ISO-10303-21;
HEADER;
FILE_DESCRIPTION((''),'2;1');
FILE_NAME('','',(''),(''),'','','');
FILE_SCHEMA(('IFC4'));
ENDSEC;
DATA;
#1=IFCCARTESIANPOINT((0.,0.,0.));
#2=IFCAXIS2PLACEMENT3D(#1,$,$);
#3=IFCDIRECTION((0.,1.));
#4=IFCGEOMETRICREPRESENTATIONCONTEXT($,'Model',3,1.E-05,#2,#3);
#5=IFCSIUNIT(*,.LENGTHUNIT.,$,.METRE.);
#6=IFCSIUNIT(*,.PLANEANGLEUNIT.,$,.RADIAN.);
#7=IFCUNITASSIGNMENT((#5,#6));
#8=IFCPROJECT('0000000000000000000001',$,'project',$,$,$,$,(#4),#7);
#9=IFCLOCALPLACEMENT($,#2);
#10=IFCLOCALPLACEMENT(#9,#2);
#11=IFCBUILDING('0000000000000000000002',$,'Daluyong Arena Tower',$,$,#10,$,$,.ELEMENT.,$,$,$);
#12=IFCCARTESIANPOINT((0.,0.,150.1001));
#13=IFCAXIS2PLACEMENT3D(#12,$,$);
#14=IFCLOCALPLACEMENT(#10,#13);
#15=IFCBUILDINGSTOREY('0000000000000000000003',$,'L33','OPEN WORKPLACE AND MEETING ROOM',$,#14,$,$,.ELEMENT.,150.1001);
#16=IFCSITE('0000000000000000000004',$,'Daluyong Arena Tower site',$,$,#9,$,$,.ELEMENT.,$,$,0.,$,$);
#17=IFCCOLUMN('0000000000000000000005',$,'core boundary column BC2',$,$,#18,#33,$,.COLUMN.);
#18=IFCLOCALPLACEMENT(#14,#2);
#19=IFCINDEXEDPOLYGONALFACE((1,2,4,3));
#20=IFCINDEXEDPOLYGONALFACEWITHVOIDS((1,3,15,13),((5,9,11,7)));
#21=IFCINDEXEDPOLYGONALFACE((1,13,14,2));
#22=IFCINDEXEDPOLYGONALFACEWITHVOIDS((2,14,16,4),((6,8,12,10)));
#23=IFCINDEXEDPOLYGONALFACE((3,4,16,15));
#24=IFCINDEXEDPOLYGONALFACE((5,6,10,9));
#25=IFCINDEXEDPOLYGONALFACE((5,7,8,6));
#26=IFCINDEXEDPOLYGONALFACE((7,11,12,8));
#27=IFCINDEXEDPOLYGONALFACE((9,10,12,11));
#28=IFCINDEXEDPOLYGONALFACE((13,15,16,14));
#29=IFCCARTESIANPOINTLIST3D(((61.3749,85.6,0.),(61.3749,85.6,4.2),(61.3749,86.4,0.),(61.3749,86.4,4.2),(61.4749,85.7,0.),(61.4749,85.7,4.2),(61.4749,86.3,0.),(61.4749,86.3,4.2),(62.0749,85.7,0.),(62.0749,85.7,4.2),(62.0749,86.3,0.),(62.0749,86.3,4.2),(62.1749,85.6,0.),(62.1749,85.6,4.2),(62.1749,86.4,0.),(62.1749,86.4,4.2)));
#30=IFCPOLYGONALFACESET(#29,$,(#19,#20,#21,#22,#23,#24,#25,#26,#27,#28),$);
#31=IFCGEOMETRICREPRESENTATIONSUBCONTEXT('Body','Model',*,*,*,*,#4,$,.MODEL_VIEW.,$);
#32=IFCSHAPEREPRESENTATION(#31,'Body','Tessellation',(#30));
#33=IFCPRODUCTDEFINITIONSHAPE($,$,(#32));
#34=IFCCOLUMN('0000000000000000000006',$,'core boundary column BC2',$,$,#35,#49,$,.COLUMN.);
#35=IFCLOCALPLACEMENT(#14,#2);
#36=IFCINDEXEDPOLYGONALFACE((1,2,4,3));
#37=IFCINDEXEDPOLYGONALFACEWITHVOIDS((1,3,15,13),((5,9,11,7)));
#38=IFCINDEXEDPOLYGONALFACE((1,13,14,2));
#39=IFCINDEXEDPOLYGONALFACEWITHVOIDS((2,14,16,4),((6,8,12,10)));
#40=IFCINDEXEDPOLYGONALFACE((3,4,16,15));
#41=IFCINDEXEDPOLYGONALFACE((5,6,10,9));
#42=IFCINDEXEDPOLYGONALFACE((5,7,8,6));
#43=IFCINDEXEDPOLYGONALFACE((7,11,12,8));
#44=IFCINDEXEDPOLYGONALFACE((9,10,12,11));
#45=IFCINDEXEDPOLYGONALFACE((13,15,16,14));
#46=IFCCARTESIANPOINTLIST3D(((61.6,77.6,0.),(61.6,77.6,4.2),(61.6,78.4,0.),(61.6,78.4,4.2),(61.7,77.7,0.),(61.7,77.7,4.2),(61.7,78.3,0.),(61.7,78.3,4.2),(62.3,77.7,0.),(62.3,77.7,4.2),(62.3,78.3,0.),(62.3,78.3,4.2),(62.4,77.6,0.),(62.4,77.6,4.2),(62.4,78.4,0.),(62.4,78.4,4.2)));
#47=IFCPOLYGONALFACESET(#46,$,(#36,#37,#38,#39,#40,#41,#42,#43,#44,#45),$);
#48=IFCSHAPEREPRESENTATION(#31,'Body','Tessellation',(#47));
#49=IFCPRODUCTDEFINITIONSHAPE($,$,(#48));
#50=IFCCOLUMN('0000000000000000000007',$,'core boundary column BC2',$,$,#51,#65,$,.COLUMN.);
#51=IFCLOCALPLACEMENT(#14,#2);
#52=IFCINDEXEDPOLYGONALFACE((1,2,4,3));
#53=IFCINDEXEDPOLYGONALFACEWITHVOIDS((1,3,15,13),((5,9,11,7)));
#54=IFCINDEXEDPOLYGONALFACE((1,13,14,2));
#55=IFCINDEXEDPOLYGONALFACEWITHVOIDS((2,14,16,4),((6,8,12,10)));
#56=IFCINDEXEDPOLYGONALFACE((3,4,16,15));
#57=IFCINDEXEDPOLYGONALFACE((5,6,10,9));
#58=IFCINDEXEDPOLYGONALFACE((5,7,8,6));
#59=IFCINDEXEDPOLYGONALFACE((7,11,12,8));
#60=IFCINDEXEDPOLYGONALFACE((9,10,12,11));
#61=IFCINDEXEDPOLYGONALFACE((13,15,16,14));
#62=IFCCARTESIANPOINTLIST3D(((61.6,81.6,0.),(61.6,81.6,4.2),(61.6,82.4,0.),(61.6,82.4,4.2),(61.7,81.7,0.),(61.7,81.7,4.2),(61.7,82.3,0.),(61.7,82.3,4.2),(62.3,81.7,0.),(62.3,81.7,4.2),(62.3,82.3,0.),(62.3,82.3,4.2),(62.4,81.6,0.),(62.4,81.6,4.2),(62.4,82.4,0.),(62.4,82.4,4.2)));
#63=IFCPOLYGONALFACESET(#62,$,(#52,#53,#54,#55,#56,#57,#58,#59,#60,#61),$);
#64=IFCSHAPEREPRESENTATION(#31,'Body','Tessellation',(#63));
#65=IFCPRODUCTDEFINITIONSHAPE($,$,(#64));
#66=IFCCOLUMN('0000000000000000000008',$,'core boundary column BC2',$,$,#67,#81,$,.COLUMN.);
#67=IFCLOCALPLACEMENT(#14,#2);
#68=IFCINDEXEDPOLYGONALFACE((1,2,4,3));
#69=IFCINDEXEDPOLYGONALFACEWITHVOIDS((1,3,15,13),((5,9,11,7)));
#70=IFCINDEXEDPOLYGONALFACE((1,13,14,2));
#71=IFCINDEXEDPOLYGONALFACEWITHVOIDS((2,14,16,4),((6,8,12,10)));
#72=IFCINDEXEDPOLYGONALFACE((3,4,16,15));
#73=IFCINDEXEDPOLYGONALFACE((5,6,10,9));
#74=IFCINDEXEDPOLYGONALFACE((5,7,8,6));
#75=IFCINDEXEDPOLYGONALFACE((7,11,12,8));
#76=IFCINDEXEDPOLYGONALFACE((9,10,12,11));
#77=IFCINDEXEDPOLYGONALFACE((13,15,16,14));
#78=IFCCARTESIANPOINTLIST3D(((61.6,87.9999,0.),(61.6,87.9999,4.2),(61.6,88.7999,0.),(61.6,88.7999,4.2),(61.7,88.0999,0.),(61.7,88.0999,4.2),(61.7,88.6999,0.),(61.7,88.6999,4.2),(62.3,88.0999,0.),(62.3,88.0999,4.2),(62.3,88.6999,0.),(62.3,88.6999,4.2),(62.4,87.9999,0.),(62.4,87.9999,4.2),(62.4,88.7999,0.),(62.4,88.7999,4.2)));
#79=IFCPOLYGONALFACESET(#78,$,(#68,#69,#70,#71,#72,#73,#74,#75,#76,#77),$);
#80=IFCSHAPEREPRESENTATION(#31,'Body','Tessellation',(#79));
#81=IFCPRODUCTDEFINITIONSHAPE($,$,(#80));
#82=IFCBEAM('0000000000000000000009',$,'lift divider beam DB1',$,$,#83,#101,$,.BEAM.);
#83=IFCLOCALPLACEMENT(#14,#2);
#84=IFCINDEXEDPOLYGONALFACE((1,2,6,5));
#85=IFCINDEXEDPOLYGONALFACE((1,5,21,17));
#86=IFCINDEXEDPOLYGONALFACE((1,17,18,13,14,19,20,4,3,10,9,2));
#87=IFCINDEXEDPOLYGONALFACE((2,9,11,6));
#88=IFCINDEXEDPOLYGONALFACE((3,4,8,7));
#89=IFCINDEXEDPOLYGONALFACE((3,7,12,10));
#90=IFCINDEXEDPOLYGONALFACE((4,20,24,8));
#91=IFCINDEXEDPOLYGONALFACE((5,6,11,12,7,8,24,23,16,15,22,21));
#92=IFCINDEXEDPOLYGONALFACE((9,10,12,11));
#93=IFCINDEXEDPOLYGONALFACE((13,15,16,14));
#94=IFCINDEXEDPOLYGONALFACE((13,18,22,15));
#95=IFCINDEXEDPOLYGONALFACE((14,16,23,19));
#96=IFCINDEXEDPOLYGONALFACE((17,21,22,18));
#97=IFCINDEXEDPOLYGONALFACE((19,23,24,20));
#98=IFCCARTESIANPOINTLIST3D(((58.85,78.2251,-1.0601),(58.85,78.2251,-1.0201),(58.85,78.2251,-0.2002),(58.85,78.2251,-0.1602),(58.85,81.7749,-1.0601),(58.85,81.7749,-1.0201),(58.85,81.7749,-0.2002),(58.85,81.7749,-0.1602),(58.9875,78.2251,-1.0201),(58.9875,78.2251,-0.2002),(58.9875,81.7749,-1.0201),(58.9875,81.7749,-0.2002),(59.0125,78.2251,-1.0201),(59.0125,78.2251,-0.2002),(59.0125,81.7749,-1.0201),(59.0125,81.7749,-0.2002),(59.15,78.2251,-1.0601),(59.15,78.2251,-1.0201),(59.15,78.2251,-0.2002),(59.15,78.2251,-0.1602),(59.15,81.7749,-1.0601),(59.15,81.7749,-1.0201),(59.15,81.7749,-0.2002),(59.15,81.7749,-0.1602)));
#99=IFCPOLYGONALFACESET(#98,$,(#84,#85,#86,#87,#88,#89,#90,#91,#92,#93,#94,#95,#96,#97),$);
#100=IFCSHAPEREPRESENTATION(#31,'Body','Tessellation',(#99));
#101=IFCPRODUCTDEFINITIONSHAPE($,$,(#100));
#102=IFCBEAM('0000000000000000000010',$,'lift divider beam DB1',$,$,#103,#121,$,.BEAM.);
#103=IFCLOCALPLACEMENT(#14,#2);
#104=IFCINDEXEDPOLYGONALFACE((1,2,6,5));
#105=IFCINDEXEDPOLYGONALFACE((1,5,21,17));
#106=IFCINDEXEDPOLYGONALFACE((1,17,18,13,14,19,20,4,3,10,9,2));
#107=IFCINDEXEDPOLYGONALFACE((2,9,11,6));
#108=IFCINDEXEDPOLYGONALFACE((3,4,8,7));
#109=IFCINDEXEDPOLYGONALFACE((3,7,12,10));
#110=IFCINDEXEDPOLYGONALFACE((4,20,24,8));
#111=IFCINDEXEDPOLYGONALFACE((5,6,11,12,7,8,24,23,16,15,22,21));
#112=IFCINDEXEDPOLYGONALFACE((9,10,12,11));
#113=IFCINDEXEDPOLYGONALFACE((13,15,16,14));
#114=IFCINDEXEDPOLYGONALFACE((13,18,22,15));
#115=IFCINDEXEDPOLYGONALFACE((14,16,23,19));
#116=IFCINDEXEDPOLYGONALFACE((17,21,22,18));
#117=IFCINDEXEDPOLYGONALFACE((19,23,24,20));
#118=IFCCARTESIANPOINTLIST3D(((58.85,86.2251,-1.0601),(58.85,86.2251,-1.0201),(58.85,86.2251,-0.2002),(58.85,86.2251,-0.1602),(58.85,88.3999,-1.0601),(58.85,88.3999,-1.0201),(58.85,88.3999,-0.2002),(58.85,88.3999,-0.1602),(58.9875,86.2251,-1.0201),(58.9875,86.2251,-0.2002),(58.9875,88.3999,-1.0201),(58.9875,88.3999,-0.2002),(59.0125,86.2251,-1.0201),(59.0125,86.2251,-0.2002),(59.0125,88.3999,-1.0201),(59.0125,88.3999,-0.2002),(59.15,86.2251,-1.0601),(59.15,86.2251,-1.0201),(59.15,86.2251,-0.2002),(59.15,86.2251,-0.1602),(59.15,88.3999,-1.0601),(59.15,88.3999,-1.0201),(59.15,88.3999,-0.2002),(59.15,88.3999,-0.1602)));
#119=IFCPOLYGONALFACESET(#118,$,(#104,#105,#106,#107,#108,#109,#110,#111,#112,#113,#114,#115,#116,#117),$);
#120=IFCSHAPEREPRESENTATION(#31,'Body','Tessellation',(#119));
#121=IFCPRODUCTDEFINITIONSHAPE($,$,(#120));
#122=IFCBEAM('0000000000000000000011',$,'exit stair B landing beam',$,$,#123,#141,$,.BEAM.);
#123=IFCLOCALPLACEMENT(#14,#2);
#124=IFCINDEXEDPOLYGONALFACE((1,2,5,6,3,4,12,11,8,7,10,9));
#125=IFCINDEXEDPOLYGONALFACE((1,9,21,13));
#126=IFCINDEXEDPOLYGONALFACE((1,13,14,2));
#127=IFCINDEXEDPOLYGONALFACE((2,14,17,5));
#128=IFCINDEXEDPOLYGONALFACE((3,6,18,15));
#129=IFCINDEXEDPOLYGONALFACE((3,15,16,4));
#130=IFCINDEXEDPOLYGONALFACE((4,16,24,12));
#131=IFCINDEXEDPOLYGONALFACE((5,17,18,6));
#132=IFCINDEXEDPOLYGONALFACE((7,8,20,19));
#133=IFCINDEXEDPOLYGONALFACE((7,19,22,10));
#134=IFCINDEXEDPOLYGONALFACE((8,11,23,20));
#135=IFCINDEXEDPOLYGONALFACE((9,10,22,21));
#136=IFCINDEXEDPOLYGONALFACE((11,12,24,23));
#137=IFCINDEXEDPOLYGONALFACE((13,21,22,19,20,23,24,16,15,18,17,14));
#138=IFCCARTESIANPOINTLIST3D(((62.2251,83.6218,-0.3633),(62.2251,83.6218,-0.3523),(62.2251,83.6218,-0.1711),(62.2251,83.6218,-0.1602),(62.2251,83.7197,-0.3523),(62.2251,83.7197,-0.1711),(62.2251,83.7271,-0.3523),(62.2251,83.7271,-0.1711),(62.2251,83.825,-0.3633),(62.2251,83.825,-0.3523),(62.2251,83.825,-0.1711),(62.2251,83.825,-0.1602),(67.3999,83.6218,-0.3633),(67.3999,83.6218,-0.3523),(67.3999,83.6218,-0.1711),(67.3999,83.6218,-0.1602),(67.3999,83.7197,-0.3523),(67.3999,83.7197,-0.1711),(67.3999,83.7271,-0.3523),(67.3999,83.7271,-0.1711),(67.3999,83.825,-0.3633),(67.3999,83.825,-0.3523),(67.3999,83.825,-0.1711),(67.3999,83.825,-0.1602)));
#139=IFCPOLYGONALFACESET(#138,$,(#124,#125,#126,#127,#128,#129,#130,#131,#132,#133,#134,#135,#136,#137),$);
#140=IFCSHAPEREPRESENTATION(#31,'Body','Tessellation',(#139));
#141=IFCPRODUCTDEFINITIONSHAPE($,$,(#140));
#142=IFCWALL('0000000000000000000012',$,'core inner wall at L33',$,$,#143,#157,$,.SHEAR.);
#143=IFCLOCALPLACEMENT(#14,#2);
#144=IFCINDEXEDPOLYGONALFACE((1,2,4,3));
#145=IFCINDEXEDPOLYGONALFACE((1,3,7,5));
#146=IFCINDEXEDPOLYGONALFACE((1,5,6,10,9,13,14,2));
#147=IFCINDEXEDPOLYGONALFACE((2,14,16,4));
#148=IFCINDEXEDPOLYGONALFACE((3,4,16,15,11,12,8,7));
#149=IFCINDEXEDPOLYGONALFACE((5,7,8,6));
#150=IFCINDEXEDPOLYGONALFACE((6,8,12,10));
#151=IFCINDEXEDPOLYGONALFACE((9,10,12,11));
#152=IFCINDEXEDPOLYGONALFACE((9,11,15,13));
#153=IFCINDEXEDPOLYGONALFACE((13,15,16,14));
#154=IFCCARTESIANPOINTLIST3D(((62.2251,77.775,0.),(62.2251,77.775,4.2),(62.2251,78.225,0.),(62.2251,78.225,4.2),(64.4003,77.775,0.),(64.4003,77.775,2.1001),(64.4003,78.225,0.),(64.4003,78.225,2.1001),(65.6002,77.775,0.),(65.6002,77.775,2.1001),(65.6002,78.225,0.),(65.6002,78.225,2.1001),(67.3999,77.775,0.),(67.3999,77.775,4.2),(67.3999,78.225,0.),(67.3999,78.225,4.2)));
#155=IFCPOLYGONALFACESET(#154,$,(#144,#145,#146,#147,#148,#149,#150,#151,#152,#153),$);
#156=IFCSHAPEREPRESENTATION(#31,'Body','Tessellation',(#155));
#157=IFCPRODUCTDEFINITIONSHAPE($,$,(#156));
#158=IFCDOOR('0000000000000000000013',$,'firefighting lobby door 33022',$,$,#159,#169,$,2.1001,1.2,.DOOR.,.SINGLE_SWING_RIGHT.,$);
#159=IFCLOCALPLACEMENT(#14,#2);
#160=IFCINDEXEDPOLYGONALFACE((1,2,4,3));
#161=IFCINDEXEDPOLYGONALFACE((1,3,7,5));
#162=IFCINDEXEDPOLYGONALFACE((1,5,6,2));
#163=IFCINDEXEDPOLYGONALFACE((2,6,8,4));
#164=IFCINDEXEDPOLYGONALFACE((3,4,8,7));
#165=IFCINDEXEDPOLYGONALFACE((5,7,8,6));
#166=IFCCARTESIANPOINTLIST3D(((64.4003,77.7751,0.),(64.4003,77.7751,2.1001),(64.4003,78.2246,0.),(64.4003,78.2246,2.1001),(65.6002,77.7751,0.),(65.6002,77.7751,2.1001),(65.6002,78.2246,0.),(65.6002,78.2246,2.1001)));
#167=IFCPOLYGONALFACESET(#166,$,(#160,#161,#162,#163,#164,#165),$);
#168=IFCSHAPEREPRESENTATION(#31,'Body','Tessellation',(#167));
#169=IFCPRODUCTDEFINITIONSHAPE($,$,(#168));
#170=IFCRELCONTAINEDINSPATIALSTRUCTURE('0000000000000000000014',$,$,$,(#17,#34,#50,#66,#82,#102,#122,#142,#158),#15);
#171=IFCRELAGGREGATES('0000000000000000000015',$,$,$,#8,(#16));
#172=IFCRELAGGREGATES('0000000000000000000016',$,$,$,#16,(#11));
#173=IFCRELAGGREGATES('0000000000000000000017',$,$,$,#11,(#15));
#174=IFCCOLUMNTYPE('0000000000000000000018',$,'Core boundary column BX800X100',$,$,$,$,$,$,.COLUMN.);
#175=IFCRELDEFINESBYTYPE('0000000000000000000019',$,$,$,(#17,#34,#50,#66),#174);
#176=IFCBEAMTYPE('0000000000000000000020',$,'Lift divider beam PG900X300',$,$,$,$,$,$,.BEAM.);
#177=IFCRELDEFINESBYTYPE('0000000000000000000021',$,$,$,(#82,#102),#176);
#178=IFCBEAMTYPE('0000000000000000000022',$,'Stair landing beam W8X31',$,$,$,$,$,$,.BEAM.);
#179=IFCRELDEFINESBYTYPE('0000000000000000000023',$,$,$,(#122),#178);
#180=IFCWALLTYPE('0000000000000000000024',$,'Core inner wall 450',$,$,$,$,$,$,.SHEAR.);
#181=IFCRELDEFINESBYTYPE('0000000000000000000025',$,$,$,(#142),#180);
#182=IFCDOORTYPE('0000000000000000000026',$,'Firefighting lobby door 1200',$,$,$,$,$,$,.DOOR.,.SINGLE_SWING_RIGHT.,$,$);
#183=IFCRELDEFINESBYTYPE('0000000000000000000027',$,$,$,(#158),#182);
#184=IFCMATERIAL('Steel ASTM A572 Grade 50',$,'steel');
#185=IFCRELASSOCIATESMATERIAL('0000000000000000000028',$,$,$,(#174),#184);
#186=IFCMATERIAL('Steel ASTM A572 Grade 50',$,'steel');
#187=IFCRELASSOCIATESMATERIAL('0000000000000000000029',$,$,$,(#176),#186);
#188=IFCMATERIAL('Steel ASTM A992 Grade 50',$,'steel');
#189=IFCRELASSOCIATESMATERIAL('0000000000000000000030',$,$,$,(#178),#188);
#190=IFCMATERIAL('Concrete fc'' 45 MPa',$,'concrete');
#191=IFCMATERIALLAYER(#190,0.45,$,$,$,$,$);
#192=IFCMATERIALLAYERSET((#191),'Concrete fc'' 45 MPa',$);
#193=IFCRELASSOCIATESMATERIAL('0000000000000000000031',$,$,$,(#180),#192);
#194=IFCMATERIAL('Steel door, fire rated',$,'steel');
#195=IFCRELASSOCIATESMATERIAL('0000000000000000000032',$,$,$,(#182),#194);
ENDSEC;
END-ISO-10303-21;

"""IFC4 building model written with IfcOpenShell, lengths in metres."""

from ifc_helpers import new_model, si_unit, direction, frame, frame_2d, origin, origin_2d, place, context, subcontext, project, spatial, rectangle, hollow_rectangle, i_section, extrude, material, layer, layer_set, material_profile, profile_set, type_object, element, fill, save


model = new_model("IFC4")

# Units and contexts
model_context = context("Model", 3, precision=1e-05, world=origin(), true_north=direction((0.0, 1.0)))
body_context = subcontext(model_context, "Body", "Model", "MODEL_VIEW")
ifc_project = project(units=[si_unit("LENGTHUNIT", "METRE"), si_unit("PLANEANGLEUNIT", "RADIAN")], contexts=[model_context])

# Site, building, storey
site_placement = place(None, origin())
site = spatial("IfcSite", under=ifc_project, at=site_placement, Name="Daluyong Arena Tower site", CompositionType="ELEMENT", RefElevation=0.0)
building_placement = place(site_placement, origin())
building = spatial("IfcBuilding", under=site, at=building_placement, Name="Daluyong Arena Tower", CompositionType="ELEMENT")
storey_placement = place(building_placement, frame((0.0, 0.0, 150.1001)))
storey = spatial("IfcBuildingStorey", under=building, at=storey_placement, Name="L33", Description="OPEN WORKPLACE AND MEETING ROOM", CompositionType="ELEMENT", Elevation=150.1001)

# Columns
ifc_material_1 = material(Name="Steel ASTM A572 Grade 50", Category="steel")
ifc_material_profile_1 = material_profile(ifc_material_1, hollow_rectangle(XDim=0.8, YDim=0.8, WallThickness=0.1, at=origin_2d()))
ifc_profile_set_1 = profile_set([ifc_material_profile_1], Name="Steel ASTM A572 Grade 50")
column_type = type_object("IfcColumnType", Name="Core boundary column BX800X100", PredefinedType="COLUMN", material=ifc_profile_set_1)
for number, where, z_axis, x_axis, name in (
    (1, (61.7749, 86.0, 0.0), (0.0, 0.0, 1.0), (1.0, 0.0, 0.0), "core boundary column BC2"),
    (2, (62.0, 78.0, 0.0), (0.0, 0.0, 1.0), (1.0, 0.0, 0.0), "core boundary column BC2"),
    (3, (62.0, 82.0, 0.0), (0.0, 0.0, 1.0), (1.0, 0.0, 0.0), "core boundary column BC2"),
    (4, (62.0, 88.3999, 0.0), (0.0, 0.0, 1.0), (1.0, 0.0, 0.0), "core boundary column BC2"),
):
    element("IfcColumn", number, at=place(storey_placement, frame(where, z_axis=z_axis, x_axis=x_axis)), inside=storey, type_object=column_type, Name=name, PredefinedType="COLUMN", context=body_context, shape_type="SweptSolid", body=[
        extrude(hollow_rectangle(XDim=0.8, YDim=0.8, WallThickness=0.1, at=origin_2d()), origin(), (0.0, 0.0, 1.0), 4.2),
    ])

# Beams
ifc_material_2 = material(Name="Steel ASTM A572 Grade 50", Category="steel")
ifc_material_profile_2 = material_profile(ifc_material_2, i_section(OverallWidth=0.3, OverallDepth=0.8999, WebThickness=0.025, FlangeThickness=0.04, at=origin_2d()))
ifc_profile_set_2 = profile_set([ifc_material_profile_2], Name="Steel ASTM A572 Grade 50")
beam_type_1 = type_object("IfcBeamType", Name="Lift divider beam PG900X300", PredefinedType="BEAM", material=ifc_profile_set_2)
beam_1_placement = place(storey_placement, frame((59.0, 78.2251, -0.6101), z_axis=(0.0, 1.0, 0.0), x_axis=(-1.0, 0.0, 0.0)))
element("IfcBeam", 5, at=beam_1_placement, inside=storey, type_object=beam_type_1, Name="lift divider beam DB1", PredefinedType="BEAM", context=body_context, shape_type="SweptSolid", body=[
    extrude(i_section(OverallWidth=0.3, OverallDepth=0.8999, WebThickness=0.025, FlangeThickness=0.04, at=origin_2d()), origin(), (0.0, 0.0, 1.0), 3.5498),
])
beam_2_placement = place(storey_placement, frame((59.0, 86.2251, -0.6101), z_axis=(0.0, 1.0, 0.0), x_axis=(-1.0, 0.0, 0.0)))
element("IfcBeam", 6, at=beam_2_placement, inside=storey, type_object=beam_type_1, Name="lift divider beam DB1", PredefinedType="BEAM", context=body_context, shape_type="SweptSolid", body=[
    extrude(i_section(OverallWidth=0.3, OverallDepth=0.8999, WebThickness=0.025, FlangeThickness=0.04, at=origin_2d()), origin(), (0.0, 0.0, 1.0), 2.1748),
])
ifc_material_3 = material(Name="Steel ASTM A992 Grade 50", Category="steel")
ifc_material_profile_3 = material_profile(ifc_material_3, i_section(OverallWidth=0.2031, OverallDepth=0.2031, WebThickness=0.0073, FlangeThickness=0.011, at=origin_2d()))
ifc_profile_set_3 = profile_set([ifc_material_profile_3], Name="Steel ASTM A992 Grade 50")
beam_type_2 = type_object("IfcBeamType", Name="Stair landing beam W8X31", PredefinedType="BEAM", material=ifc_profile_set_3)
beam_3_placement = place(storey_placement, frame((62.2251, 83.7234, -0.2617), z_axis=(1.0, 0.0, 0.0), x_axis=(0.0, 1.0, 0.0)))
element("IfcBeam", 7, at=beam_3_placement, inside=storey, type_object=beam_type_2, Name="exit stair B landing beam", PredefinedType="BEAM", context=body_context, shape_type="SweptSolid", body=[
    extrude(i_section(OverallWidth=0.2031, OverallDepth=0.2031, WebThickness=0.0073, FlangeThickness=0.011, at=origin_2d()), origin(), (0.0, 0.0, 1.0), 5.1748),
])

# Wall, opening, door
ifc_material_4 = material(Name="Concrete fc' 45 MPa", Category="concrete")
ifc_layer_1 = layer(ifc_material_4, 0.45)
ifc_layer_set_1 = layer_set([ifc_layer_1], Name="Concrete fc' 45 MPa")
wall_type_1 = type_object("IfcWallType", Name="Core inner wall 450", PredefinedType="SHEAR", material=ifc_layer_set_1)
wall_1_placement = place(storey_placement, frame((62.2251, 78.0, 0.0), z_axis=(0.0, 0.0, 1.0), x_axis=(1.0, 0.0, 0.0)))
wall_1 = element("IfcWall", 8, at=wall_1_placement, inside=storey, type_object=wall_type_1, Name="core inner wall at L33", PredefinedType="SHEAR", context=body_context, shape_type="SweptSolid", body=[
    extrude(rectangle(XDim=5.1748, YDim=0.45, at=frame_2d((2.5874, 0.0))), origin(), (0.0, 0.0, 1.0), 4.2),
])
opening_1_placement = place(wall_1_placement, frame((2.175, 0.0, 0.0)))
opening_1 = element("IfcOpeningElement", 9, at=opening_1_placement, cuts=wall_1, PredefinedType="OPENING", context=body_context, shape_type="SweptSolid", body=[
    extrude(rectangle(XDim=1.2, YDim=2.1001, at=frame_2d((0.6001, 1.05))), frame((0.0, 0.2349, 0.0), z_axis=(0.0, -1.0, 0.0), x_axis=(1.0, 0.0, 0.0)), (0.0, 0.0, 1.0), 0.47),
])
ifc_material_5 = material(Name="Steel door, fire rated", Category="steel")
door_type_1 = type_object("IfcDoorType", Name="Firefighting lobby door 1200", OperationType="SINGLE_SWING_RIGHT", PredefinedType="DOOR", material=ifc_material_5)
door_1_placement = place(opening_1_placement, origin())
door_1 = element("IfcDoor", 10, at=door_1_placement, inside=storey, type_object=door_type_1, Name="firefighting lobby door 33022", OperationType="SINGLE_SWING_RIGHT", OverallHeight=2.1001, OverallWidth=1.2, PredefinedType="DOOR", context=body_context, shape_type="SweptSolid", body=[
    extrude(rectangle(XDim=1.2, YDim=2.1001, at=frame_2d((0.6001, 1.05))), frame((0.0, 0.2246, 0.0), z_axis=(0.0, -1.0, 0.0), x_axis=(1.0, 0.0, 0.0)), (0.0, 0.0, 1.0), 0.4495),
])
fill(opening_1, door_1)

save(model, "model.ifc")
